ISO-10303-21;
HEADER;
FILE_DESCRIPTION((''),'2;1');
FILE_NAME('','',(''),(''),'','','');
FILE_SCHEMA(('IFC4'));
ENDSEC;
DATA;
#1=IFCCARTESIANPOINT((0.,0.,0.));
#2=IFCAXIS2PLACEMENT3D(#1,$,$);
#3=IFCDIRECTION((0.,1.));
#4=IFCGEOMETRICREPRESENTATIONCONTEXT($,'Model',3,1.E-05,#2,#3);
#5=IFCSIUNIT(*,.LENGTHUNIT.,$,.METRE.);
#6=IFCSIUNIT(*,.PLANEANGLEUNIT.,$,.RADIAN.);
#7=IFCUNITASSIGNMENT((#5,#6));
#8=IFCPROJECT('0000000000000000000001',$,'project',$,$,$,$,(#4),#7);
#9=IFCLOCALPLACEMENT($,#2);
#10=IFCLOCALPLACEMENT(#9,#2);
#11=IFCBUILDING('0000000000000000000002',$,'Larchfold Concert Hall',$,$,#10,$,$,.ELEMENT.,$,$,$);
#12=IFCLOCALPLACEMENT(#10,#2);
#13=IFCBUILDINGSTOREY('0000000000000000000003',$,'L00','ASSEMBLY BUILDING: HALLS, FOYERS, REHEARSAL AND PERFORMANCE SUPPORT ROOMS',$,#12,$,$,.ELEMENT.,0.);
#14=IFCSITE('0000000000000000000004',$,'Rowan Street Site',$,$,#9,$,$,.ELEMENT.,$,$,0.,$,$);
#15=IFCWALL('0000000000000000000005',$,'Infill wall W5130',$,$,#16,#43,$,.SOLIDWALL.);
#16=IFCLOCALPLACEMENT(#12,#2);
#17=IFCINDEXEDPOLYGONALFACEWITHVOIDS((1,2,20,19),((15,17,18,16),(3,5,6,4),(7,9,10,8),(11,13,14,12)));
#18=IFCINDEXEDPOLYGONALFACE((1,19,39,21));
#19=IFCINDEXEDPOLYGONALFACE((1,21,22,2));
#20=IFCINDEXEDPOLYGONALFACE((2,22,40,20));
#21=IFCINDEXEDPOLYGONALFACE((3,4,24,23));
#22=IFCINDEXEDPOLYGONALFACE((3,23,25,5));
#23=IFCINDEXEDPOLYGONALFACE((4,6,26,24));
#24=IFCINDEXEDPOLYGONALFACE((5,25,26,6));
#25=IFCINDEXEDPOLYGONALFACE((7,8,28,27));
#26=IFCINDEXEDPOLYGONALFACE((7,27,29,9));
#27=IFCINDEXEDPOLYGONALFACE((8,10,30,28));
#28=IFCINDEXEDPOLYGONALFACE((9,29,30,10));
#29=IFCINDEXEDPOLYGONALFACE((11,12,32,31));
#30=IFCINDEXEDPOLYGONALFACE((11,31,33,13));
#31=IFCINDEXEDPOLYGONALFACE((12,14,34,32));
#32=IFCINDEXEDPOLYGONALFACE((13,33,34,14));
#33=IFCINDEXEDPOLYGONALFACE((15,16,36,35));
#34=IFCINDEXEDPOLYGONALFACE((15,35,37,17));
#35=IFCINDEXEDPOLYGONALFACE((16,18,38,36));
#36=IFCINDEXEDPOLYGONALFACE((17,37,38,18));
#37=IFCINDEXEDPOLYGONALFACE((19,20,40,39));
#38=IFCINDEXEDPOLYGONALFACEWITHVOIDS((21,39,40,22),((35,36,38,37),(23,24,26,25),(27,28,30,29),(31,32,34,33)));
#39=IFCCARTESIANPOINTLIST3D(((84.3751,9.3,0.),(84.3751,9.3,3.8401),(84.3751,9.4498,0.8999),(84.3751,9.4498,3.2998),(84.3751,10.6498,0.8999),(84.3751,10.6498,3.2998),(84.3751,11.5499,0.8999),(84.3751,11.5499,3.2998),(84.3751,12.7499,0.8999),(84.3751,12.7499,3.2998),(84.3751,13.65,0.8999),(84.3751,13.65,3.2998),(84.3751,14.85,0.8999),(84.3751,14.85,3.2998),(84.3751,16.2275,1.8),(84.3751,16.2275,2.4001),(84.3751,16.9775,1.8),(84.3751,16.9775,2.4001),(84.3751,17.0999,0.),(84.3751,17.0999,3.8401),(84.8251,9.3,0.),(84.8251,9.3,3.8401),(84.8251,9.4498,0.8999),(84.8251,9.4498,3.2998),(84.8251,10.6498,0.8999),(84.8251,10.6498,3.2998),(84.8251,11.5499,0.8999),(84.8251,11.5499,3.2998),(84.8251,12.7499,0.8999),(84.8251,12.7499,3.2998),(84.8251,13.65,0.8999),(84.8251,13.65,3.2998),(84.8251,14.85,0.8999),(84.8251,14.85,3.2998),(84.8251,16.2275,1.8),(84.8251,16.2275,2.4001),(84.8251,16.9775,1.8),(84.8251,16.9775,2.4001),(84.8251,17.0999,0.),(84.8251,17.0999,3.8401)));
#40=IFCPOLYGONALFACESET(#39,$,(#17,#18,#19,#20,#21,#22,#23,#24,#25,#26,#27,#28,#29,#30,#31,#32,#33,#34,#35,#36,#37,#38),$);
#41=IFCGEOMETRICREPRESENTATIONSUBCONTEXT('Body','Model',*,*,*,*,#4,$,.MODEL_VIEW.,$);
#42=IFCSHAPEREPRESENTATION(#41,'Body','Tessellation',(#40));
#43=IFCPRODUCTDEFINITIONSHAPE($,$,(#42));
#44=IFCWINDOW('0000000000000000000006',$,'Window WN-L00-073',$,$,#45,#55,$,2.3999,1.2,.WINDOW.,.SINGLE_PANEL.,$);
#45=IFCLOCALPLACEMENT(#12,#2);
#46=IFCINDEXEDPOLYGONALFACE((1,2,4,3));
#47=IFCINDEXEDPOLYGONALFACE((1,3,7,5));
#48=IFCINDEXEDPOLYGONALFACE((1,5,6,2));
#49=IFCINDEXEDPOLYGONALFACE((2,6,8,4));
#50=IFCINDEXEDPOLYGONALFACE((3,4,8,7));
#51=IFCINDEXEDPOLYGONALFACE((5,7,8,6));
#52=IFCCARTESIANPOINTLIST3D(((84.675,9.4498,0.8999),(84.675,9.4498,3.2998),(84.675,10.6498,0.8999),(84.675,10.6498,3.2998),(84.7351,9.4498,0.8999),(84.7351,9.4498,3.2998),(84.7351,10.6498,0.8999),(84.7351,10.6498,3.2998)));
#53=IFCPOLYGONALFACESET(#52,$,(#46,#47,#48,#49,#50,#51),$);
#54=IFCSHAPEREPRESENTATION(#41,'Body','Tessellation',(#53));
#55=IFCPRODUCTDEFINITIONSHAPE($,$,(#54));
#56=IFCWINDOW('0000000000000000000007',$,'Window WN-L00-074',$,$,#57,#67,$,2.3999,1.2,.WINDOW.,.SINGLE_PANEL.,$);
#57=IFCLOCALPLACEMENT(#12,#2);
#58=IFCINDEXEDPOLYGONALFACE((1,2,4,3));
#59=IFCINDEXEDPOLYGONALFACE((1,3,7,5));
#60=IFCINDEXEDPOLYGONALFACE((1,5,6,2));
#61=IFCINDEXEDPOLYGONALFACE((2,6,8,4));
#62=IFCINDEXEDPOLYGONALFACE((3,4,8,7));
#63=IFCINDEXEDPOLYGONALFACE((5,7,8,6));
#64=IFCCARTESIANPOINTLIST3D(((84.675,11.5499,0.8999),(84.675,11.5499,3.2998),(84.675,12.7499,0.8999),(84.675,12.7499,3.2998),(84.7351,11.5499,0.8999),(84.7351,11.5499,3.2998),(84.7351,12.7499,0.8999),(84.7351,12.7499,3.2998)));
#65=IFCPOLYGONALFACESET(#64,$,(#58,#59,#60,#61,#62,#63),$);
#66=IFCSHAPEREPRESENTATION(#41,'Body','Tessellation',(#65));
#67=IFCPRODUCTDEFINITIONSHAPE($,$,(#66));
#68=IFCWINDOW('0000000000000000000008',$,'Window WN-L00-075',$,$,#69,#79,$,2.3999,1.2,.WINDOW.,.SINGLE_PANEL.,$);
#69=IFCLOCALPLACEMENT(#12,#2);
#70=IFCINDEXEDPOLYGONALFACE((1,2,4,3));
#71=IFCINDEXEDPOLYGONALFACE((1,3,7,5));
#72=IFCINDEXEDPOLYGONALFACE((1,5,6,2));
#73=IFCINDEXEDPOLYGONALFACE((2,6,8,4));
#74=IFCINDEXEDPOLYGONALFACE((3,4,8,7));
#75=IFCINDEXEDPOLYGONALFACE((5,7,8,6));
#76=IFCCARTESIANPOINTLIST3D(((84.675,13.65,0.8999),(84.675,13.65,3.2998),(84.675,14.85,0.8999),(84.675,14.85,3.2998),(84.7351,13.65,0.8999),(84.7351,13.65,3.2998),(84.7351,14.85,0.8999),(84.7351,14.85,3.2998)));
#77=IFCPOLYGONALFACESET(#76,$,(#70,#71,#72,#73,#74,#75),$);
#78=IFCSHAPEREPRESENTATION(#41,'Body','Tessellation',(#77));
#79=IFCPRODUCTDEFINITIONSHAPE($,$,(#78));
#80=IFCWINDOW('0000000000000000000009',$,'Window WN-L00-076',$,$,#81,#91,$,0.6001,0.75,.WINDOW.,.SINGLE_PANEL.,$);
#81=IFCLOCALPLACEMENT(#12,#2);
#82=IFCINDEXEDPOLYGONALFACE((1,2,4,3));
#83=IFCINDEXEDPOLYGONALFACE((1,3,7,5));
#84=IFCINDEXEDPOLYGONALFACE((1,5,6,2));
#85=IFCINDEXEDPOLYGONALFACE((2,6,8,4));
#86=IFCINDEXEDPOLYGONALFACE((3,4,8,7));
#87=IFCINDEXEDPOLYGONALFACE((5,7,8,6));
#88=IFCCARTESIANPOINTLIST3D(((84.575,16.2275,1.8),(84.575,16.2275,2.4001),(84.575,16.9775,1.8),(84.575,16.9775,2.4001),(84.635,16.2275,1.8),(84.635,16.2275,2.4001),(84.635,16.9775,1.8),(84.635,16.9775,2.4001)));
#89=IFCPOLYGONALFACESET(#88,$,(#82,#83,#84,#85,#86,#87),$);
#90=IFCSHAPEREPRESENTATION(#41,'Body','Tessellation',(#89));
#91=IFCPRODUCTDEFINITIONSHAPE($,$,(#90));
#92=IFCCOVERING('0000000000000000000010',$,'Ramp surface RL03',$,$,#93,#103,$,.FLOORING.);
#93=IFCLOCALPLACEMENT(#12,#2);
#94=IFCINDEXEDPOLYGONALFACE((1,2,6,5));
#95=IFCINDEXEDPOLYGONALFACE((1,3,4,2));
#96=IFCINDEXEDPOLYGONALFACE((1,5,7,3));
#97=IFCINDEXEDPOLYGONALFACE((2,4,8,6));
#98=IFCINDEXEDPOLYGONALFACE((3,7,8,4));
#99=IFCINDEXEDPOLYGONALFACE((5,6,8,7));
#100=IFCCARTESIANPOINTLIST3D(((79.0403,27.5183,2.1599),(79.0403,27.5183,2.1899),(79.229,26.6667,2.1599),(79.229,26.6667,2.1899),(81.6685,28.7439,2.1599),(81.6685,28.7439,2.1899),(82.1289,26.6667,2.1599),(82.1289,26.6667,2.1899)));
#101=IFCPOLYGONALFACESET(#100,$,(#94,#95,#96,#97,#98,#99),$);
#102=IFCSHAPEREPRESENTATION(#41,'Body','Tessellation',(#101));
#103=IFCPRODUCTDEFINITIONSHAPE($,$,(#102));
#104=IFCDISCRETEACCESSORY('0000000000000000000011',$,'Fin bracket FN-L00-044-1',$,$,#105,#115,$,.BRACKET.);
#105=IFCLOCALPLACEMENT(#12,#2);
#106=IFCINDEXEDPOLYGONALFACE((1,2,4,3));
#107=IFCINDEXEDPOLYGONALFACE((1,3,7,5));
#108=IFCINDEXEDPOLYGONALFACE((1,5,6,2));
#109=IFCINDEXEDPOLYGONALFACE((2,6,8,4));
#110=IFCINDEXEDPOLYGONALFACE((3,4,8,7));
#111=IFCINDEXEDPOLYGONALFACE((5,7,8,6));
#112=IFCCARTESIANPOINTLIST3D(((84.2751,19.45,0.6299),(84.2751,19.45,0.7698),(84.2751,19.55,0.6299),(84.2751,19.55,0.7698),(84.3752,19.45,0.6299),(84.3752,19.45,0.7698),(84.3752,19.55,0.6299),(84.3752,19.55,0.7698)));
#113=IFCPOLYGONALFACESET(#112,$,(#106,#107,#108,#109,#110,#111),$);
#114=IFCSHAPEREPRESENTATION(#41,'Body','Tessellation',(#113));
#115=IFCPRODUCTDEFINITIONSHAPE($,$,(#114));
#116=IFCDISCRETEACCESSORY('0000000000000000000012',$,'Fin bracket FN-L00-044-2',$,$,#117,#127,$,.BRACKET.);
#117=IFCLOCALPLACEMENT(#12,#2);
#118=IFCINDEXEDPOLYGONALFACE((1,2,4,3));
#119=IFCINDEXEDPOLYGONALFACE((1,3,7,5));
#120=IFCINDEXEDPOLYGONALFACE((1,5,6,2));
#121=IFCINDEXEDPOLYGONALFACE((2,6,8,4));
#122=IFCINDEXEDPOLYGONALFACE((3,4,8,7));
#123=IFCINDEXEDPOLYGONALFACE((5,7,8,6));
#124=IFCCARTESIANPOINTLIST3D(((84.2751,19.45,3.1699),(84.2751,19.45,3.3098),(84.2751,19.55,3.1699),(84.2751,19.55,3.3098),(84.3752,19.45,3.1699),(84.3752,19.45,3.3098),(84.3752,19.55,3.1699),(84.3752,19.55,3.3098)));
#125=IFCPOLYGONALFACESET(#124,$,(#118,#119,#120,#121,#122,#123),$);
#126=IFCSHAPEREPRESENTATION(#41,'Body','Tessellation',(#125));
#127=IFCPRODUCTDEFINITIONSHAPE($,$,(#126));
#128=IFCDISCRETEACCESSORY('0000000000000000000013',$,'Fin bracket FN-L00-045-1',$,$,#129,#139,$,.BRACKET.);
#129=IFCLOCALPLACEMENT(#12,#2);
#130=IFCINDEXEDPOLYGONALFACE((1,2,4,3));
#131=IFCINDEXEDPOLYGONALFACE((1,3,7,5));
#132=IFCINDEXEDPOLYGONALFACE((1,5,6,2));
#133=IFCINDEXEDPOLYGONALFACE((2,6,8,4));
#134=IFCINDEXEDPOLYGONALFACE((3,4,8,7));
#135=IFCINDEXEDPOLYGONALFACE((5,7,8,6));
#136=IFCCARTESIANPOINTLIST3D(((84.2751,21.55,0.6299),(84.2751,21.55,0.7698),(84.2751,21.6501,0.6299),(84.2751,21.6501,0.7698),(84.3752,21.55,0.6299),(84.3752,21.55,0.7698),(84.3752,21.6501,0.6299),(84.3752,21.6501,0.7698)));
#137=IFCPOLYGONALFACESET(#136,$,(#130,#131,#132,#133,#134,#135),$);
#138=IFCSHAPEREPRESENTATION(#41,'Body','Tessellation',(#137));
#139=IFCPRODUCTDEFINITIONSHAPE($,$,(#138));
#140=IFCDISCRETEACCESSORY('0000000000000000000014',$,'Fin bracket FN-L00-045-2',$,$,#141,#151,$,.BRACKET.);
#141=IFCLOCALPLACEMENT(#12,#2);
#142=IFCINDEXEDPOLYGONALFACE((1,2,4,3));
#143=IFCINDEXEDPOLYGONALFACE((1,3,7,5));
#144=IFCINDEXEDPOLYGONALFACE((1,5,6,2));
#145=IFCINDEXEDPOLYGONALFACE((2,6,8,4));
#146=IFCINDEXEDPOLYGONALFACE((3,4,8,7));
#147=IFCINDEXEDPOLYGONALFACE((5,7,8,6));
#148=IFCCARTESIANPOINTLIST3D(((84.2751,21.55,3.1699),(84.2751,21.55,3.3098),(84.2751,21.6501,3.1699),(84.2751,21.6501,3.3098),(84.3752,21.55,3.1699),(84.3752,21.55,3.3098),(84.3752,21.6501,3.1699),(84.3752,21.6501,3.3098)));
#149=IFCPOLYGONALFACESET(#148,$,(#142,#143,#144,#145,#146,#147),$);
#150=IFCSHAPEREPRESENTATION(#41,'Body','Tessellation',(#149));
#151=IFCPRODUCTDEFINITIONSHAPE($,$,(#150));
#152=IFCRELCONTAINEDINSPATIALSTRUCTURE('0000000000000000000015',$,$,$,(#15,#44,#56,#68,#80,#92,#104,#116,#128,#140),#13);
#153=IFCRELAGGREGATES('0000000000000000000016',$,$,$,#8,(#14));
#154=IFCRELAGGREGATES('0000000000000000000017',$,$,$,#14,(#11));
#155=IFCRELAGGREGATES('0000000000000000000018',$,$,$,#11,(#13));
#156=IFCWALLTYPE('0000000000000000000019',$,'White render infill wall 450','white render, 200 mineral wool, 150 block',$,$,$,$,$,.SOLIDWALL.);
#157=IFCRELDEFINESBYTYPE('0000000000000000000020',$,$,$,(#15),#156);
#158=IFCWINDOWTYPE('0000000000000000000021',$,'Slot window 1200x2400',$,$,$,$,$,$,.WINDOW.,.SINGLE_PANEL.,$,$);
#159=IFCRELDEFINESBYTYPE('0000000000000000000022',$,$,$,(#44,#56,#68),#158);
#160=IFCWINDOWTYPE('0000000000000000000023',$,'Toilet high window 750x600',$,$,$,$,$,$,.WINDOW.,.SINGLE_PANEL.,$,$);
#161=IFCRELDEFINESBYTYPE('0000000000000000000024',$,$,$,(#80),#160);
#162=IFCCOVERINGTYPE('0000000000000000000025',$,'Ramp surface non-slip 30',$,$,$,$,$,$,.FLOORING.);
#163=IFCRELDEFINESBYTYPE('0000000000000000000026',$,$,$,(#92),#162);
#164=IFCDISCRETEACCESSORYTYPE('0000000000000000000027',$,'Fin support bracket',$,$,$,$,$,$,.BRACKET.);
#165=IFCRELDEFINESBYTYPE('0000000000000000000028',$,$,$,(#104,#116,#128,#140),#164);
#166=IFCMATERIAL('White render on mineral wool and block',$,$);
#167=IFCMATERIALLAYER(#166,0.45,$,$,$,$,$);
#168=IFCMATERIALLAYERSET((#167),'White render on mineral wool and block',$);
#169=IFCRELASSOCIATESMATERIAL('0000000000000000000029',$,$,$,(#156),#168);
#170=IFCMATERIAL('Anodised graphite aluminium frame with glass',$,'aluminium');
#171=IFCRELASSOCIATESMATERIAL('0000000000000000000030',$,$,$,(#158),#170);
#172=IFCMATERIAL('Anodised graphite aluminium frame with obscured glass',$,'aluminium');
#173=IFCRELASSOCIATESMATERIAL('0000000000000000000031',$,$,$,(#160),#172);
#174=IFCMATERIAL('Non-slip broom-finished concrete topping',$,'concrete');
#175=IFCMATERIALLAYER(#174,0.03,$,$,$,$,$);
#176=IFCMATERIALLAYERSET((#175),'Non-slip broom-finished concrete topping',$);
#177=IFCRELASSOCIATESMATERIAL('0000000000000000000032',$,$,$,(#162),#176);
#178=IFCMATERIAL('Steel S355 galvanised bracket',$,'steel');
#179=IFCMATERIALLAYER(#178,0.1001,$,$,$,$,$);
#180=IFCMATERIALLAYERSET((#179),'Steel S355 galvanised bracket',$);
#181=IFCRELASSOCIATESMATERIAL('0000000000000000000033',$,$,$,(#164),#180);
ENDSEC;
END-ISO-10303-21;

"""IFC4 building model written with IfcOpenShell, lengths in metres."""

from ifc_helpers import new_model, si_unit, direction, frame, frame_2d, origin, origin_2d, place, context, subcontext, project, spatial, polyline, rectangle, outline, extrude, material, layer, layer_set, type_object, element, fill, save


model = new_model("IFC4")

# Units and contexts
model_context = context("Model", 3, precision=1e-05, world=origin(), true_north=direction((0.0, 1.0)))
body_context = subcontext(model_context, "Body", "Model", "MODEL_VIEW")
ifc_project = project(units=[si_unit("LENGTHUNIT", "METRE"), si_unit("PLANEANGLEUNIT", "RADIAN")], contexts=[model_context])

# Site, building, storey
site_placement = place(None, origin())
site = spatial("IfcSite", under=ifc_project, at=site_placement, Name="Rowan Street Site", CompositionType="ELEMENT", RefElevation=0.0)
building_placement = place(site_placement, origin())
building = spatial("IfcBuilding", under=site, at=building_placement, Name="Larchfold Concert Hall", CompositionType="ELEMENT")
storey_placement = place(building_placement, origin())
storey = spatial("IfcBuildingStorey", under=building, at=storey_placement, Name="L00", Description="ASSEMBLY BUILDING: HALLS, FOYERS, REHEARSAL AND PERFORMANCE SUPPORT ROOMS", CompositionType="ELEMENT", Elevation=0.0)

# Shared definitions
ifc_material_1 = material(Name="White render on mineral wool and block")
ifc_layer_1 = layer(ifc_material_1, 0.45)
ifc_layer_set_1 = layer_set([ifc_layer_1], Name="White render on mineral wool and block")
wall_type_1 = type_object("IfcWallType", Name="White render infill wall 450", Description="white render, 200 mineral wool, 150 block", PredefinedType="SOLIDWALL", material=ifc_layer_set_1)
ifc_material_2 = material(Name="Anodised graphite aluminium frame with glass", Category="aluminium")
window_type_1 = type_object("IfcWindowType", Name="Slot window 1200x2400", PartitioningType="SINGLE_PANEL", PredefinedType="WINDOW", material=ifc_material_2)

# Wall, openings, windows
wall_1_placement = place(storey_placement, frame((84.6001, 17.0999, 0.0), z_axis=(0.0, 0.0, 1.0), x_axis=(0.0, -1.0, 0.0)))
wall_1 = element("IfcWall", 1, at=wall_1_placement, inside=storey, type_object=wall_type_1, Name="Infill wall W5130", PredefinedType="SOLIDWALL", context=body_context, shape_type="SweptSolid", body=[
    extrude(rectangle(XDim=7.7998, YDim=0.45, at=frame_2d((3.8999, 0.0))), origin(), (0.0, 0.0, 1.0), 3.8401),
])
opening_1_placement = place(wall_1_placement, frame((6.45, 0.0, 0.8999)))
opening_1 = element("IfcOpeningElement", 2, at=opening_1_placement, cuts=wall_1, PredefinedType="OPENING", context=body_context, shape_type="SweptSolid", body=[
    extrude(rectangle(XDim=1.2, YDim=2.3999, at=frame_2d((0.6001, 1.2))), frame((0.0, 0.2349, 0.0), z_axis=(0.0, -1.0, 0.0), x_axis=(1.0, 0.0, 0.0)), (0.0, 0.0, 1.0), 0.47),
])
opening_2_placement = place(wall_1_placement, frame((4.3499, 0.0, 0.8999)))
opening_2 = element("IfcOpeningElement", 3, at=opening_2_placement, cuts=wall_1, PredefinedType="OPENING", context=body_context, shape_type="SweptSolid", body=[
    extrude(rectangle(XDim=1.2, YDim=2.3999, at=frame_2d((0.6001, 1.2))), frame((0.0, 0.2349, 0.0), z_axis=(0.0, -1.0, 0.0), x_axis=(1.0, 0.0, 0.0)), (0.0, 0.0, 1.0), 0.47),
])
opening_3_placement = place(wall_1_placement, frame((2.2498, 0.0, 0.8999)))
opening_3 = element("IfcOpeningElement", 4, at=opening_3_placement, cuts=wall_1, PredefinedType="OPENING", context=body_context, shape_type="SweptSolid", body=[
    extrude(rectangle(XDim=1.2, YDim=2.3999, at=frame_2d((0.6001, 1.2))), frame((0.0, 0.2349, 0.0), z_axis=(0.0, -1.0, 0.0), x_axis=(1.0, 0.0, 0.0)), (0.0, 0.0, 1.0), 0.47),
])
opening_4_placement = place(wall_1_placement, frame((0.1223, 0.0, 1.8)))
opening_4 = element("IfcOpeningElement", 5, at=opening_4_placement, cuts=wall_1, PredefinedType="OPENING", context=body_context, shape_type="SweptSolid", body=[
    extrude(rectangle(XDim=0.75, YDim=0.6001, at=frame_2d((0.375, 0.3))), frame((0.0, 0.2349, 0.0), z_axis=(0.0, -1.0, 0.0), x_axis=(1.0, 0.0, 0.0)), (0.0, 0.0, 1.0), 0.47),
])
window_1_placement = place(opening_1_placement, origin())
window_1 = element("IfcWindow", 6, at=window_1_placement, inside=storey, type_object=window_type_1, Name="Window WN-L00-073", OverallHeight=2.3999, OverallWidth=1.2, PartitioningType="SINGLE_PANEL", PredefinedType="WINDOW", context=body_context, shape_type="SweptSolid", body=[
    extrude(rectangle(XDim=1.2, YDim=2.3999, at=frame_2d((0.6001, 1.2))), frame((0.0, 0.135, 0.0), z_axis=(0.0, -1.0, 0.0), x_axis=(1.0, 0.0, 0.0)), (0.0, 0.0, 1.0), 0.0601),
])
fill(opening_1, window_1)
window_2_placement = place(opening_2_placement, origin())
window_2 = element("IfcWindow", 7, at=window_2_placement, inside=storey, type_object=window_type_1, Name="Window WN-L00-074", OverallHeight=2.3999, OverallWidth=1.2, PartitioningType="SINGLE_PANEL", PredefinedType="WINDOW", context=body_context, shape_type="SweptSolid", body=[
    extrude(rectangle(XDim=1.2, YDim=2.3999, at=frame_2d((0.6001, 1.2))), frame((0.0, 0.135, 0.0), z_axis=(0.0, -1.0, 0.0), x_axis=(1.0, 0.0, 0.0)), (0.0, 0.0, 1.0), 0.0601),
])
fill(opening_2, window_2)
window_3_placement = place(opening_3_placement, origin())
window_3 = element("IfcWindow", 8, at=window_3_placement, inside=storey, type_object=window_type_1, Name="Window WN-L00-075", OverallHeight=2.3999, OverallWidth=1.2, PartitioningType="SINGLE_PANEL", PredefinedType="WINDOW", context=body_context, shape_type="SweptSolid", body=[
    extrude(rectangle(XDim=1.2, YDim=2.3999, at=frame_2d((0.6001, 1.2))), frame((0.0, 0.135, 0.0), z_axis=(0.0, -1.0, 0.0), x_axis=(1.0, 0.0, 0.0)), (0.0, 0.0, 1.0), 0.0601),
])
fill(opening_3, window_3)
ifc_material_3 = material(Name="Anodised graphite aluminium frame with obscured glass", Category="aluminium")
window_type_2 = type_object("IfcWindowType", Name="Toilet high window 750x600", PartitioningType="SINGLE_PANEL", PredefinedType="WINDOW", material=ifc_material_3)
window_4_placement = place(opening_4_placement, origin())
window_4 = element("IfcWindow", 9, at=window_4_placement, inside=storey, type_object=window_type_2, Name="Window WN-L00-076", OverallHeight=0.6001, OverallWidth=0.75, PartitioningType="SINGLE_PANEL", PredefinedType="WINDOW", context=body_context, shape_type="SweptSolid", body=[
    extrude(rectangle(XDim=0.75, YDim=0.6001, at=frame_2d((0.375, 0.3))), frame((0.0, 0.0349, 0.0), z_axis=(0.0, -1.0, 0.0), x_axis=(1.0, 0.0, 0.0)), (0.0, 0.0, 1.0), 0.0601),
])
fill(opening_4, window_4)

# Covering
ifc_material_4 = material(Name="Non-slip broom-finished concrete topping", Category="concrete")
ifc_layer_2 = layer(ifc_material_4, 0.03)
ifc_layer_set_2 = layer_set([ifc_layer_2], Name="Non-slip broom-finished concrete topping")
covering_type = type_object("IfcCoveringType", Name="Ramp surface non-slip 30", PredefinedType="FLOORING", material=ifc_layer_set_2)
covering_placement = place(storey_placement, frame((79.229, 26.6667, 2.1899), z_axis=(0.0, 0.0, 1.0), x_axis=(-0.216367, 0.976312, 0.0)))
element("IfcCovering", 10, at=covering_placement, inside=storey, type_object=covering_type, Name="Ramp surface RL03", PredefinedType="FLOORING", context=body_context, shape_type="SweptSolid", body=[
    extrude(outline(polyline([(0.0, 0.0), (0.8722, 0.0), (1.5001, -2.8311), (-0.6274, -2.8312), (0.0, 0.0)])), origin(), (0.0, 0.0, -1.0), 0.03),
])

# Discrete accessories
ifc_material_5 = material(Name="Steel S355 galvanised bracket", Category="steel")
ifc_layer_3 = layer(ifc_material_5, 0.1001)
ifc_layer_set_3 = layer_set([ifc_layer_3], Name="Steel S355 galvanised bracket")
discrete_accessory_type = type_object("IfcDiscreteAccessoryType", Name="Fin support bracket", PredefinedType="BRACKET", material=ifc_layer_set_3)
for number, where, z_axis, x_axis, name in (
    (11, (84.3252, 19.5, 0.6299), (0.0, 0.0, 1.0), (-1.0, 0.0, 0.0), "Fin bracket FN-L00-044-1"),
    (12, (84.3252, 19.5, 3.1699), (0.0, 0.0, 1.0), (-1.0, 0.0, 0.0), "Fin bracket FN-L00-044-2"),
    (13, (84.3252, 21.6001, 0.6299), (0.0, 0.0, 1.0), (-1.0, 0.0, 0.0), "Fin bracket FN-L00-045-1"),
    (14, (84.3252, 21.6001, 3.1699), (0.0, 0.0, 1.0), (-1.0, 0.0, 0.0), "Fin bracket FN-L00-045-2"),
):
    element("IfcDiscreteAccessory", number, at=place(storey_placement, frame(where, z_axis=z_axis, x_axis=x_axis)), inside=storey, type_object=discrete_accessory_type, Name=name, PredefinedType="BRACKET", context=body_context, shape_type="SweptSolid", body=[
        extrude(rectangle(XDim=0.1001, YDim=0.1001, at=origin_2d()), origin(), (0.0, 0.0, 1.0), 0.1399),
    ])

save(model, "model.ifc")
